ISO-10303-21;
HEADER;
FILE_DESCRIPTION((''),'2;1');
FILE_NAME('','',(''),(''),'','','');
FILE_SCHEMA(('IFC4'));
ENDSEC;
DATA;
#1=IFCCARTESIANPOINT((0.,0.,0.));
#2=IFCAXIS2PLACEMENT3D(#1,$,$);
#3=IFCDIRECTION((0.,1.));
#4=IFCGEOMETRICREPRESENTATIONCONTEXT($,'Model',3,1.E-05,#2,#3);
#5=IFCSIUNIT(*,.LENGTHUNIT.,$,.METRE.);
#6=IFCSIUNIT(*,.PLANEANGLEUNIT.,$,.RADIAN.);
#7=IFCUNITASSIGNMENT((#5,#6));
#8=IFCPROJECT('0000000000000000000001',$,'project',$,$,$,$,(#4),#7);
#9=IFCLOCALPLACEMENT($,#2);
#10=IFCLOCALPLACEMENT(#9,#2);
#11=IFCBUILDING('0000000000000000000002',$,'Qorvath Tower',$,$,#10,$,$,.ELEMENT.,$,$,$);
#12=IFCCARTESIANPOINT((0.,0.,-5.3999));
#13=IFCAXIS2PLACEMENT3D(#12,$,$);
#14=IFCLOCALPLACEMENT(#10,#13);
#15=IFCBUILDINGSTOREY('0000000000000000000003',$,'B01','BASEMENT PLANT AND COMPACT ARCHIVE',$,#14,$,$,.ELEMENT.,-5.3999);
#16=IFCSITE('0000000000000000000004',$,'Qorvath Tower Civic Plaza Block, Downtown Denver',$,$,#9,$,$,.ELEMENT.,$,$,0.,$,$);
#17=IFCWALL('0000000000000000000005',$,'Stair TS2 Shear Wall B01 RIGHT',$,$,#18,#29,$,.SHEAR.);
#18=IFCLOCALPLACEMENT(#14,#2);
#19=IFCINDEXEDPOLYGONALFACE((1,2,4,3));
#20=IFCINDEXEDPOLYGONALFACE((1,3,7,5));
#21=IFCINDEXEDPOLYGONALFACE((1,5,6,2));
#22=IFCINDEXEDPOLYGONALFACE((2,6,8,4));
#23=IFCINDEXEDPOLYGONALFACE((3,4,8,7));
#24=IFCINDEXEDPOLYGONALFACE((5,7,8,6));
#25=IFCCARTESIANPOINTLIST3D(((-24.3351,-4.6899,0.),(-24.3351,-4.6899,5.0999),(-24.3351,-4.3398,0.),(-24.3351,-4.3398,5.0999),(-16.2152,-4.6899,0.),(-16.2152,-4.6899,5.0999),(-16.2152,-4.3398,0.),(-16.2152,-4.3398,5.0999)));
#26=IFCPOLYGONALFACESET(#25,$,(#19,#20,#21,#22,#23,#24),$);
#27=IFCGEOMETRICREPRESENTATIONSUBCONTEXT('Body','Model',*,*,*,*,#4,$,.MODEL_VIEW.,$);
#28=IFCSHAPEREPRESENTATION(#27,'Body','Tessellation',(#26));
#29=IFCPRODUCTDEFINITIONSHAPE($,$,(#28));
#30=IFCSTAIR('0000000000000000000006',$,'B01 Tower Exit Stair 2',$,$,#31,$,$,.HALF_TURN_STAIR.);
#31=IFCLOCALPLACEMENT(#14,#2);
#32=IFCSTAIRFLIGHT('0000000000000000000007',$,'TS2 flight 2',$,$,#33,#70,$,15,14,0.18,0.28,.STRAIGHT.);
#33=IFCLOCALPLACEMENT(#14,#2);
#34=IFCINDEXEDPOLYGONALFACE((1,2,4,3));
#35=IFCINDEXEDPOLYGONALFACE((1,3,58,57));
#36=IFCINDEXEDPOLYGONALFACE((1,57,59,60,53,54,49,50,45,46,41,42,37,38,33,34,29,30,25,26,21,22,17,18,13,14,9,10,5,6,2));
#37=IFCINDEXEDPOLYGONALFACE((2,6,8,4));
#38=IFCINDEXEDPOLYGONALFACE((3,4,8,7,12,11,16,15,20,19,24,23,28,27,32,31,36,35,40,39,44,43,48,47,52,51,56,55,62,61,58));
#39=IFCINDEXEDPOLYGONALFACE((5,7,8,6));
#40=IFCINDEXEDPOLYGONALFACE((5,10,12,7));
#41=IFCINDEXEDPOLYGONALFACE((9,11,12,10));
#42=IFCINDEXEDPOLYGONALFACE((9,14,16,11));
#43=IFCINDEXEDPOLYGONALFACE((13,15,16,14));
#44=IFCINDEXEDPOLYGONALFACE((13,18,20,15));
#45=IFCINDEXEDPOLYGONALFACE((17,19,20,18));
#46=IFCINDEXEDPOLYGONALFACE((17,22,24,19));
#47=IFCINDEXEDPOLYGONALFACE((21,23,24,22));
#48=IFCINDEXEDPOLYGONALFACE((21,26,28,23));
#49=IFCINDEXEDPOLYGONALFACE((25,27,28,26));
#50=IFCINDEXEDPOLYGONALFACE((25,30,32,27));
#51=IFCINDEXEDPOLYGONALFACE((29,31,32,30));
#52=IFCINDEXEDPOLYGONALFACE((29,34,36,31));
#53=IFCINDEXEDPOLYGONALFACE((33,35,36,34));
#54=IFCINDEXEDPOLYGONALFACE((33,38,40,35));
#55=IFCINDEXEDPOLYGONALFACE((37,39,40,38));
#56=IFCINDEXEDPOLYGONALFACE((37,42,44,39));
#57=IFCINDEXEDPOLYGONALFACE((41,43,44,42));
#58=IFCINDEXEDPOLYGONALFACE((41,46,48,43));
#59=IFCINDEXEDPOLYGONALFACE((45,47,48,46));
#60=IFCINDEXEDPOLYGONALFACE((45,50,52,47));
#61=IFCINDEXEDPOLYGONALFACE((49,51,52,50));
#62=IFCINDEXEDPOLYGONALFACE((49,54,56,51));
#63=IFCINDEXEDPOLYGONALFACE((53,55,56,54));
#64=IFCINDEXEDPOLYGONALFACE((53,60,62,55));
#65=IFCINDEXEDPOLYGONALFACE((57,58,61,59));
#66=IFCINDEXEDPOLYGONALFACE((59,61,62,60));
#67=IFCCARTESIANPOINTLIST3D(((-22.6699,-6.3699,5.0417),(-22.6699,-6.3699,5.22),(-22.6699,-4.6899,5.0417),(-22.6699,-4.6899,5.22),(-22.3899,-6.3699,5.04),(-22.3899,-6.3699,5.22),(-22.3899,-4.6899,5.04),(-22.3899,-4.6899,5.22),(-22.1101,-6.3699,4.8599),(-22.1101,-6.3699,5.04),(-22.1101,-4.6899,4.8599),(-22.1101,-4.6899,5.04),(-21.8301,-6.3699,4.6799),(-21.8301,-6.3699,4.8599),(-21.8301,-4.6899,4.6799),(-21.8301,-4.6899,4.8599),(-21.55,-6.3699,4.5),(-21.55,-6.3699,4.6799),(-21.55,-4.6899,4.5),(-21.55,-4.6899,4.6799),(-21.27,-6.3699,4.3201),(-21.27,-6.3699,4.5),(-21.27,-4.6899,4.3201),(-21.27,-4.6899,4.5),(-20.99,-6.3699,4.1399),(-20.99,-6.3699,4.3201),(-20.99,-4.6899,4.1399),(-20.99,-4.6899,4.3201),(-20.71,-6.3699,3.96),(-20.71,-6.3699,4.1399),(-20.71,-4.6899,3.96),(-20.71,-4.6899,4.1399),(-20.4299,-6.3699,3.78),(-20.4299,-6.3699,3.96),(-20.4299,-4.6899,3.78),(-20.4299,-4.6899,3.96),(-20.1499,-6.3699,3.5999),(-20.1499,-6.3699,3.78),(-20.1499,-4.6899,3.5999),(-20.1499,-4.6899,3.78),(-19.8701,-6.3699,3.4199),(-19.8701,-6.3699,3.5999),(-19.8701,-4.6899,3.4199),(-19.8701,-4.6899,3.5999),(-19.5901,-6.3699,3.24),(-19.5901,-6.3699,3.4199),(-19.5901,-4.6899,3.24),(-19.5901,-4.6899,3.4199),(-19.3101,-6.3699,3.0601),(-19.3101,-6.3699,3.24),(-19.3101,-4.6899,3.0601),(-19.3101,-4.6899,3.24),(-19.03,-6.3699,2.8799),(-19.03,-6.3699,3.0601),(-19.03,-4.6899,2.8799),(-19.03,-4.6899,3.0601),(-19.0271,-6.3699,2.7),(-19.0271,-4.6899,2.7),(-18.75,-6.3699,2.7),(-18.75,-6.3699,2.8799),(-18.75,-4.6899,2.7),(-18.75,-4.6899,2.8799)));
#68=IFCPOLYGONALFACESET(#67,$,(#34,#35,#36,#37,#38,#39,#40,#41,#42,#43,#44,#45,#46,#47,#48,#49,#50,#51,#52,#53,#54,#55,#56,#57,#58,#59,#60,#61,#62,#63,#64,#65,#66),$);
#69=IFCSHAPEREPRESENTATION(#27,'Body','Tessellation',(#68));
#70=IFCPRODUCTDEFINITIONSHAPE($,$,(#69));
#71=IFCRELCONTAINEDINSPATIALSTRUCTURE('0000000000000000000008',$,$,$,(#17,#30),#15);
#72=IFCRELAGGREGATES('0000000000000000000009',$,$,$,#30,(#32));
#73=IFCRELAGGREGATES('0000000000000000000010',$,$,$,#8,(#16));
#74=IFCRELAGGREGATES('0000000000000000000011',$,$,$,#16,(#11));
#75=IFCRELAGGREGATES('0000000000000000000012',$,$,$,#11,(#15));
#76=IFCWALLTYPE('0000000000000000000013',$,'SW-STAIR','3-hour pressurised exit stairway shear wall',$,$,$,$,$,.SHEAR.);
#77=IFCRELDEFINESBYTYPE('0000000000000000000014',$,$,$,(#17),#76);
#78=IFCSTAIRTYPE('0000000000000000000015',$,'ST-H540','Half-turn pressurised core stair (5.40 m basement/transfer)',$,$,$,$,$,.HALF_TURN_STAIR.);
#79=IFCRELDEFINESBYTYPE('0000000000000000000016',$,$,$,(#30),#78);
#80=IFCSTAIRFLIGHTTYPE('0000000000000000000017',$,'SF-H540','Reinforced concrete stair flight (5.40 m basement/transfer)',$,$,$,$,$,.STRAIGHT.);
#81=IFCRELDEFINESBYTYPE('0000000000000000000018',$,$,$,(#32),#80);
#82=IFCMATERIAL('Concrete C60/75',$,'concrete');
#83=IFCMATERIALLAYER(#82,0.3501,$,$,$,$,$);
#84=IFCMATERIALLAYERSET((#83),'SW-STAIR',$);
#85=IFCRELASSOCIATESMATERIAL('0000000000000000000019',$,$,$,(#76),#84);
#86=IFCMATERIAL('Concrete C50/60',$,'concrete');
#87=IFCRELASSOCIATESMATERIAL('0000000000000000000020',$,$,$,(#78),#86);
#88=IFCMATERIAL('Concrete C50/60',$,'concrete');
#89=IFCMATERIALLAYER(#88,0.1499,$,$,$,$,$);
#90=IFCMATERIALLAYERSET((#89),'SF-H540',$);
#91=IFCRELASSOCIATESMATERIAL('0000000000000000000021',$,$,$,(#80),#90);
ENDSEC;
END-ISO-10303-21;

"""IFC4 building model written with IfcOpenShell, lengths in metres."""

from ifc_helpers import new_model, si_unit, direction, frame, frame_2d, origin, place, context, subcontext, project, spatial, polyline, rectangle, outline, extrude, material, layer, layer_set, type_object, element, aggregate, save


model = new_model("IFC4")

# Units and contexts
model_context = context("Model", 3, precision=1e-05, world=origin(), true_north=direction((0.0, 1.0)))
body_context = subcontext(model_context, "Body", "Model", "MODEL_VIEW")
ifc_project = project(units=[si_unit("LENGTHUNIT", "METRE"), si_unit("PLANEANGLEUNIT", "RADIAN")], contexts=[model_context])

# Site, building, storey
site_placement = place(None, origin())
site = spatial("IfcSite", under=ifc_project, at=site_placement, Name="Qorvath Tower Civic Plaza Block, Downtown Denver", CompositionType="ELEMENT", RefElevation=0.0)
building_placement = place(site_placement, origin())
building = spatial("IfcBuilding", under=site, at=building_placement, Name="Qorvath Tower", CompositionType="ELEMENT")
storey_placement = place(building_placement, frame((0.0, 0.0, -5.3999)))
storey = spatial("IfcBuildingStorey", under=building, at=storey_placement, Name="B01", Description="BASEMENT PLANT AND COMPACT ARCHIVE", CompositionType="ELEMENT", Elevation=-5.3999)

# Wall
ifc_material_1 = material(Name="Concrete C60/75", Category="concrete")
ifc_layer_1 = layer(ifc_material_1, 0.3501)
ifc_layer_set_1 = layer_set([ifc_layer_1], Name="SW-STAIR")
wall_type_1 = type_object("IfcWallType", Name="SW-STAIR", Description="3-hour pressurised exit stairway shear wall", PredefinedType="SHEAR", material=ifc_layer_set_1)
wall_1_placement = place(storey_placement, frame((-16.2151, -4.5149, 0.0), z_axis=(0.0, 0.0, 1.0), x_axis=(-1.0, 0.0, 0.0)))
element("IfcWall", 1, at=wall_1_placement, inside=storey, type_object=wall_type_1, Name="Stair TS2 Shear Wall B01 RIGHT", PredefinedType="SHEAR", context=body_context, shape_type="SweptSolid", body=[
    extrude(rectangle(XDim=8.1199, YDim=0.3501, at=frame_2d((4.0601, 0.0))), origin(), (0.0, 0.0, 1.0), 5.0999),
])

# Stair, stair flight
ifc_material_2 = material(Name="Concrete C50/60", Category="concrete")
stair_type = type_object("IfcStairType", Name="ST-H540", Description="Half-turn pressurised core stair (5.40 m basement/transfer)", PredefinedType="HALF_TURN_STAIR", material=ifc_material_2)
stair_placement = place(storey_placement, origin())
stair = element("IfcStair", 2, at=stair_placement, inside=storey, type_object=stair_type, Name="B01 Tower Exit Stair 2", PredefinedType="HALF_TURN_STAIR")
ifc_material_3 = material(Name="Concrete C50/60", Category="concrete")
ifc_layer_2 = layer(ifc_material_3, 0.1499)
ifc_layer_set_2 = layer_set([ifc_layer_2], Name="SF-H540")
stair_flight_type = type_object("IfcStairFlightType", Name="SF-H540", Description="Reinforced concrete stair flight (5.40 m basement/transfer)", PredefinedType="STRAIGHT", material=ifc_layer_set_2)
stair_flight_placement = place(storey_placement, frame((-18.75, -5.53, 2.7), z_axis=(0.0, 0.0, 1.0), x_axis=(-1.0, 0.0, 0.0)))
stair_flight = element("IfcStairFlight", 3, at=stair_flight_placement, type_object=stair_flight_type, Name="TS2 flight 2", NumberOfRisers=15, NumberOfTreads=14, PredefinedType="STRAIGHT", RiserHeight=0.18, TreadLength=0.28, context=body_context, shape_type="SweptSolid", body=[
    extrude(outline(polyline([(0.0, 0.0), (0.0, 0.1799), (0.28, 0.1799), (0.28, 0.3601), (0.5601, 0.3601), (0.5601, 0.54), (0.8401, 0.54), (0.8401, 0.72), (1.1201, 0.72), (1.1201, 0.8999), (1.3999, 0.8999), (1.3999, 1.0801), (1.6799, 1.0801), (1.6799, 1.26), (1.96, 1.26), (1.96, 1.4399), (2.24, 1.4399), (2.24, 1.6201), (2.52, 1.6201), (2.52, 1.8), (2.8, 1.8), (2.8, 1.98), (3.0801, 1.98), (3.0801, 2.1599), (3.3601, 2.1599), (3.3601, 2.3401), (3.6399, 2.3401), (3.6399, 2.52), (3.9199, 2.52), (3.9199, 2.7), (3.9199, 2.3418), (0.2771, 0.0), (0.0, 0.0)])), frame((0.0, 0.8398, 0.0), z_axis=(0.0, -1.0, 0.0), x_axis=(1.0, 0.0, 0.0)), (0.0, 0.0, 1.0), 1.6799),
])
aggregate(stair, [stair_flight])

save(model, "model.ifc")
